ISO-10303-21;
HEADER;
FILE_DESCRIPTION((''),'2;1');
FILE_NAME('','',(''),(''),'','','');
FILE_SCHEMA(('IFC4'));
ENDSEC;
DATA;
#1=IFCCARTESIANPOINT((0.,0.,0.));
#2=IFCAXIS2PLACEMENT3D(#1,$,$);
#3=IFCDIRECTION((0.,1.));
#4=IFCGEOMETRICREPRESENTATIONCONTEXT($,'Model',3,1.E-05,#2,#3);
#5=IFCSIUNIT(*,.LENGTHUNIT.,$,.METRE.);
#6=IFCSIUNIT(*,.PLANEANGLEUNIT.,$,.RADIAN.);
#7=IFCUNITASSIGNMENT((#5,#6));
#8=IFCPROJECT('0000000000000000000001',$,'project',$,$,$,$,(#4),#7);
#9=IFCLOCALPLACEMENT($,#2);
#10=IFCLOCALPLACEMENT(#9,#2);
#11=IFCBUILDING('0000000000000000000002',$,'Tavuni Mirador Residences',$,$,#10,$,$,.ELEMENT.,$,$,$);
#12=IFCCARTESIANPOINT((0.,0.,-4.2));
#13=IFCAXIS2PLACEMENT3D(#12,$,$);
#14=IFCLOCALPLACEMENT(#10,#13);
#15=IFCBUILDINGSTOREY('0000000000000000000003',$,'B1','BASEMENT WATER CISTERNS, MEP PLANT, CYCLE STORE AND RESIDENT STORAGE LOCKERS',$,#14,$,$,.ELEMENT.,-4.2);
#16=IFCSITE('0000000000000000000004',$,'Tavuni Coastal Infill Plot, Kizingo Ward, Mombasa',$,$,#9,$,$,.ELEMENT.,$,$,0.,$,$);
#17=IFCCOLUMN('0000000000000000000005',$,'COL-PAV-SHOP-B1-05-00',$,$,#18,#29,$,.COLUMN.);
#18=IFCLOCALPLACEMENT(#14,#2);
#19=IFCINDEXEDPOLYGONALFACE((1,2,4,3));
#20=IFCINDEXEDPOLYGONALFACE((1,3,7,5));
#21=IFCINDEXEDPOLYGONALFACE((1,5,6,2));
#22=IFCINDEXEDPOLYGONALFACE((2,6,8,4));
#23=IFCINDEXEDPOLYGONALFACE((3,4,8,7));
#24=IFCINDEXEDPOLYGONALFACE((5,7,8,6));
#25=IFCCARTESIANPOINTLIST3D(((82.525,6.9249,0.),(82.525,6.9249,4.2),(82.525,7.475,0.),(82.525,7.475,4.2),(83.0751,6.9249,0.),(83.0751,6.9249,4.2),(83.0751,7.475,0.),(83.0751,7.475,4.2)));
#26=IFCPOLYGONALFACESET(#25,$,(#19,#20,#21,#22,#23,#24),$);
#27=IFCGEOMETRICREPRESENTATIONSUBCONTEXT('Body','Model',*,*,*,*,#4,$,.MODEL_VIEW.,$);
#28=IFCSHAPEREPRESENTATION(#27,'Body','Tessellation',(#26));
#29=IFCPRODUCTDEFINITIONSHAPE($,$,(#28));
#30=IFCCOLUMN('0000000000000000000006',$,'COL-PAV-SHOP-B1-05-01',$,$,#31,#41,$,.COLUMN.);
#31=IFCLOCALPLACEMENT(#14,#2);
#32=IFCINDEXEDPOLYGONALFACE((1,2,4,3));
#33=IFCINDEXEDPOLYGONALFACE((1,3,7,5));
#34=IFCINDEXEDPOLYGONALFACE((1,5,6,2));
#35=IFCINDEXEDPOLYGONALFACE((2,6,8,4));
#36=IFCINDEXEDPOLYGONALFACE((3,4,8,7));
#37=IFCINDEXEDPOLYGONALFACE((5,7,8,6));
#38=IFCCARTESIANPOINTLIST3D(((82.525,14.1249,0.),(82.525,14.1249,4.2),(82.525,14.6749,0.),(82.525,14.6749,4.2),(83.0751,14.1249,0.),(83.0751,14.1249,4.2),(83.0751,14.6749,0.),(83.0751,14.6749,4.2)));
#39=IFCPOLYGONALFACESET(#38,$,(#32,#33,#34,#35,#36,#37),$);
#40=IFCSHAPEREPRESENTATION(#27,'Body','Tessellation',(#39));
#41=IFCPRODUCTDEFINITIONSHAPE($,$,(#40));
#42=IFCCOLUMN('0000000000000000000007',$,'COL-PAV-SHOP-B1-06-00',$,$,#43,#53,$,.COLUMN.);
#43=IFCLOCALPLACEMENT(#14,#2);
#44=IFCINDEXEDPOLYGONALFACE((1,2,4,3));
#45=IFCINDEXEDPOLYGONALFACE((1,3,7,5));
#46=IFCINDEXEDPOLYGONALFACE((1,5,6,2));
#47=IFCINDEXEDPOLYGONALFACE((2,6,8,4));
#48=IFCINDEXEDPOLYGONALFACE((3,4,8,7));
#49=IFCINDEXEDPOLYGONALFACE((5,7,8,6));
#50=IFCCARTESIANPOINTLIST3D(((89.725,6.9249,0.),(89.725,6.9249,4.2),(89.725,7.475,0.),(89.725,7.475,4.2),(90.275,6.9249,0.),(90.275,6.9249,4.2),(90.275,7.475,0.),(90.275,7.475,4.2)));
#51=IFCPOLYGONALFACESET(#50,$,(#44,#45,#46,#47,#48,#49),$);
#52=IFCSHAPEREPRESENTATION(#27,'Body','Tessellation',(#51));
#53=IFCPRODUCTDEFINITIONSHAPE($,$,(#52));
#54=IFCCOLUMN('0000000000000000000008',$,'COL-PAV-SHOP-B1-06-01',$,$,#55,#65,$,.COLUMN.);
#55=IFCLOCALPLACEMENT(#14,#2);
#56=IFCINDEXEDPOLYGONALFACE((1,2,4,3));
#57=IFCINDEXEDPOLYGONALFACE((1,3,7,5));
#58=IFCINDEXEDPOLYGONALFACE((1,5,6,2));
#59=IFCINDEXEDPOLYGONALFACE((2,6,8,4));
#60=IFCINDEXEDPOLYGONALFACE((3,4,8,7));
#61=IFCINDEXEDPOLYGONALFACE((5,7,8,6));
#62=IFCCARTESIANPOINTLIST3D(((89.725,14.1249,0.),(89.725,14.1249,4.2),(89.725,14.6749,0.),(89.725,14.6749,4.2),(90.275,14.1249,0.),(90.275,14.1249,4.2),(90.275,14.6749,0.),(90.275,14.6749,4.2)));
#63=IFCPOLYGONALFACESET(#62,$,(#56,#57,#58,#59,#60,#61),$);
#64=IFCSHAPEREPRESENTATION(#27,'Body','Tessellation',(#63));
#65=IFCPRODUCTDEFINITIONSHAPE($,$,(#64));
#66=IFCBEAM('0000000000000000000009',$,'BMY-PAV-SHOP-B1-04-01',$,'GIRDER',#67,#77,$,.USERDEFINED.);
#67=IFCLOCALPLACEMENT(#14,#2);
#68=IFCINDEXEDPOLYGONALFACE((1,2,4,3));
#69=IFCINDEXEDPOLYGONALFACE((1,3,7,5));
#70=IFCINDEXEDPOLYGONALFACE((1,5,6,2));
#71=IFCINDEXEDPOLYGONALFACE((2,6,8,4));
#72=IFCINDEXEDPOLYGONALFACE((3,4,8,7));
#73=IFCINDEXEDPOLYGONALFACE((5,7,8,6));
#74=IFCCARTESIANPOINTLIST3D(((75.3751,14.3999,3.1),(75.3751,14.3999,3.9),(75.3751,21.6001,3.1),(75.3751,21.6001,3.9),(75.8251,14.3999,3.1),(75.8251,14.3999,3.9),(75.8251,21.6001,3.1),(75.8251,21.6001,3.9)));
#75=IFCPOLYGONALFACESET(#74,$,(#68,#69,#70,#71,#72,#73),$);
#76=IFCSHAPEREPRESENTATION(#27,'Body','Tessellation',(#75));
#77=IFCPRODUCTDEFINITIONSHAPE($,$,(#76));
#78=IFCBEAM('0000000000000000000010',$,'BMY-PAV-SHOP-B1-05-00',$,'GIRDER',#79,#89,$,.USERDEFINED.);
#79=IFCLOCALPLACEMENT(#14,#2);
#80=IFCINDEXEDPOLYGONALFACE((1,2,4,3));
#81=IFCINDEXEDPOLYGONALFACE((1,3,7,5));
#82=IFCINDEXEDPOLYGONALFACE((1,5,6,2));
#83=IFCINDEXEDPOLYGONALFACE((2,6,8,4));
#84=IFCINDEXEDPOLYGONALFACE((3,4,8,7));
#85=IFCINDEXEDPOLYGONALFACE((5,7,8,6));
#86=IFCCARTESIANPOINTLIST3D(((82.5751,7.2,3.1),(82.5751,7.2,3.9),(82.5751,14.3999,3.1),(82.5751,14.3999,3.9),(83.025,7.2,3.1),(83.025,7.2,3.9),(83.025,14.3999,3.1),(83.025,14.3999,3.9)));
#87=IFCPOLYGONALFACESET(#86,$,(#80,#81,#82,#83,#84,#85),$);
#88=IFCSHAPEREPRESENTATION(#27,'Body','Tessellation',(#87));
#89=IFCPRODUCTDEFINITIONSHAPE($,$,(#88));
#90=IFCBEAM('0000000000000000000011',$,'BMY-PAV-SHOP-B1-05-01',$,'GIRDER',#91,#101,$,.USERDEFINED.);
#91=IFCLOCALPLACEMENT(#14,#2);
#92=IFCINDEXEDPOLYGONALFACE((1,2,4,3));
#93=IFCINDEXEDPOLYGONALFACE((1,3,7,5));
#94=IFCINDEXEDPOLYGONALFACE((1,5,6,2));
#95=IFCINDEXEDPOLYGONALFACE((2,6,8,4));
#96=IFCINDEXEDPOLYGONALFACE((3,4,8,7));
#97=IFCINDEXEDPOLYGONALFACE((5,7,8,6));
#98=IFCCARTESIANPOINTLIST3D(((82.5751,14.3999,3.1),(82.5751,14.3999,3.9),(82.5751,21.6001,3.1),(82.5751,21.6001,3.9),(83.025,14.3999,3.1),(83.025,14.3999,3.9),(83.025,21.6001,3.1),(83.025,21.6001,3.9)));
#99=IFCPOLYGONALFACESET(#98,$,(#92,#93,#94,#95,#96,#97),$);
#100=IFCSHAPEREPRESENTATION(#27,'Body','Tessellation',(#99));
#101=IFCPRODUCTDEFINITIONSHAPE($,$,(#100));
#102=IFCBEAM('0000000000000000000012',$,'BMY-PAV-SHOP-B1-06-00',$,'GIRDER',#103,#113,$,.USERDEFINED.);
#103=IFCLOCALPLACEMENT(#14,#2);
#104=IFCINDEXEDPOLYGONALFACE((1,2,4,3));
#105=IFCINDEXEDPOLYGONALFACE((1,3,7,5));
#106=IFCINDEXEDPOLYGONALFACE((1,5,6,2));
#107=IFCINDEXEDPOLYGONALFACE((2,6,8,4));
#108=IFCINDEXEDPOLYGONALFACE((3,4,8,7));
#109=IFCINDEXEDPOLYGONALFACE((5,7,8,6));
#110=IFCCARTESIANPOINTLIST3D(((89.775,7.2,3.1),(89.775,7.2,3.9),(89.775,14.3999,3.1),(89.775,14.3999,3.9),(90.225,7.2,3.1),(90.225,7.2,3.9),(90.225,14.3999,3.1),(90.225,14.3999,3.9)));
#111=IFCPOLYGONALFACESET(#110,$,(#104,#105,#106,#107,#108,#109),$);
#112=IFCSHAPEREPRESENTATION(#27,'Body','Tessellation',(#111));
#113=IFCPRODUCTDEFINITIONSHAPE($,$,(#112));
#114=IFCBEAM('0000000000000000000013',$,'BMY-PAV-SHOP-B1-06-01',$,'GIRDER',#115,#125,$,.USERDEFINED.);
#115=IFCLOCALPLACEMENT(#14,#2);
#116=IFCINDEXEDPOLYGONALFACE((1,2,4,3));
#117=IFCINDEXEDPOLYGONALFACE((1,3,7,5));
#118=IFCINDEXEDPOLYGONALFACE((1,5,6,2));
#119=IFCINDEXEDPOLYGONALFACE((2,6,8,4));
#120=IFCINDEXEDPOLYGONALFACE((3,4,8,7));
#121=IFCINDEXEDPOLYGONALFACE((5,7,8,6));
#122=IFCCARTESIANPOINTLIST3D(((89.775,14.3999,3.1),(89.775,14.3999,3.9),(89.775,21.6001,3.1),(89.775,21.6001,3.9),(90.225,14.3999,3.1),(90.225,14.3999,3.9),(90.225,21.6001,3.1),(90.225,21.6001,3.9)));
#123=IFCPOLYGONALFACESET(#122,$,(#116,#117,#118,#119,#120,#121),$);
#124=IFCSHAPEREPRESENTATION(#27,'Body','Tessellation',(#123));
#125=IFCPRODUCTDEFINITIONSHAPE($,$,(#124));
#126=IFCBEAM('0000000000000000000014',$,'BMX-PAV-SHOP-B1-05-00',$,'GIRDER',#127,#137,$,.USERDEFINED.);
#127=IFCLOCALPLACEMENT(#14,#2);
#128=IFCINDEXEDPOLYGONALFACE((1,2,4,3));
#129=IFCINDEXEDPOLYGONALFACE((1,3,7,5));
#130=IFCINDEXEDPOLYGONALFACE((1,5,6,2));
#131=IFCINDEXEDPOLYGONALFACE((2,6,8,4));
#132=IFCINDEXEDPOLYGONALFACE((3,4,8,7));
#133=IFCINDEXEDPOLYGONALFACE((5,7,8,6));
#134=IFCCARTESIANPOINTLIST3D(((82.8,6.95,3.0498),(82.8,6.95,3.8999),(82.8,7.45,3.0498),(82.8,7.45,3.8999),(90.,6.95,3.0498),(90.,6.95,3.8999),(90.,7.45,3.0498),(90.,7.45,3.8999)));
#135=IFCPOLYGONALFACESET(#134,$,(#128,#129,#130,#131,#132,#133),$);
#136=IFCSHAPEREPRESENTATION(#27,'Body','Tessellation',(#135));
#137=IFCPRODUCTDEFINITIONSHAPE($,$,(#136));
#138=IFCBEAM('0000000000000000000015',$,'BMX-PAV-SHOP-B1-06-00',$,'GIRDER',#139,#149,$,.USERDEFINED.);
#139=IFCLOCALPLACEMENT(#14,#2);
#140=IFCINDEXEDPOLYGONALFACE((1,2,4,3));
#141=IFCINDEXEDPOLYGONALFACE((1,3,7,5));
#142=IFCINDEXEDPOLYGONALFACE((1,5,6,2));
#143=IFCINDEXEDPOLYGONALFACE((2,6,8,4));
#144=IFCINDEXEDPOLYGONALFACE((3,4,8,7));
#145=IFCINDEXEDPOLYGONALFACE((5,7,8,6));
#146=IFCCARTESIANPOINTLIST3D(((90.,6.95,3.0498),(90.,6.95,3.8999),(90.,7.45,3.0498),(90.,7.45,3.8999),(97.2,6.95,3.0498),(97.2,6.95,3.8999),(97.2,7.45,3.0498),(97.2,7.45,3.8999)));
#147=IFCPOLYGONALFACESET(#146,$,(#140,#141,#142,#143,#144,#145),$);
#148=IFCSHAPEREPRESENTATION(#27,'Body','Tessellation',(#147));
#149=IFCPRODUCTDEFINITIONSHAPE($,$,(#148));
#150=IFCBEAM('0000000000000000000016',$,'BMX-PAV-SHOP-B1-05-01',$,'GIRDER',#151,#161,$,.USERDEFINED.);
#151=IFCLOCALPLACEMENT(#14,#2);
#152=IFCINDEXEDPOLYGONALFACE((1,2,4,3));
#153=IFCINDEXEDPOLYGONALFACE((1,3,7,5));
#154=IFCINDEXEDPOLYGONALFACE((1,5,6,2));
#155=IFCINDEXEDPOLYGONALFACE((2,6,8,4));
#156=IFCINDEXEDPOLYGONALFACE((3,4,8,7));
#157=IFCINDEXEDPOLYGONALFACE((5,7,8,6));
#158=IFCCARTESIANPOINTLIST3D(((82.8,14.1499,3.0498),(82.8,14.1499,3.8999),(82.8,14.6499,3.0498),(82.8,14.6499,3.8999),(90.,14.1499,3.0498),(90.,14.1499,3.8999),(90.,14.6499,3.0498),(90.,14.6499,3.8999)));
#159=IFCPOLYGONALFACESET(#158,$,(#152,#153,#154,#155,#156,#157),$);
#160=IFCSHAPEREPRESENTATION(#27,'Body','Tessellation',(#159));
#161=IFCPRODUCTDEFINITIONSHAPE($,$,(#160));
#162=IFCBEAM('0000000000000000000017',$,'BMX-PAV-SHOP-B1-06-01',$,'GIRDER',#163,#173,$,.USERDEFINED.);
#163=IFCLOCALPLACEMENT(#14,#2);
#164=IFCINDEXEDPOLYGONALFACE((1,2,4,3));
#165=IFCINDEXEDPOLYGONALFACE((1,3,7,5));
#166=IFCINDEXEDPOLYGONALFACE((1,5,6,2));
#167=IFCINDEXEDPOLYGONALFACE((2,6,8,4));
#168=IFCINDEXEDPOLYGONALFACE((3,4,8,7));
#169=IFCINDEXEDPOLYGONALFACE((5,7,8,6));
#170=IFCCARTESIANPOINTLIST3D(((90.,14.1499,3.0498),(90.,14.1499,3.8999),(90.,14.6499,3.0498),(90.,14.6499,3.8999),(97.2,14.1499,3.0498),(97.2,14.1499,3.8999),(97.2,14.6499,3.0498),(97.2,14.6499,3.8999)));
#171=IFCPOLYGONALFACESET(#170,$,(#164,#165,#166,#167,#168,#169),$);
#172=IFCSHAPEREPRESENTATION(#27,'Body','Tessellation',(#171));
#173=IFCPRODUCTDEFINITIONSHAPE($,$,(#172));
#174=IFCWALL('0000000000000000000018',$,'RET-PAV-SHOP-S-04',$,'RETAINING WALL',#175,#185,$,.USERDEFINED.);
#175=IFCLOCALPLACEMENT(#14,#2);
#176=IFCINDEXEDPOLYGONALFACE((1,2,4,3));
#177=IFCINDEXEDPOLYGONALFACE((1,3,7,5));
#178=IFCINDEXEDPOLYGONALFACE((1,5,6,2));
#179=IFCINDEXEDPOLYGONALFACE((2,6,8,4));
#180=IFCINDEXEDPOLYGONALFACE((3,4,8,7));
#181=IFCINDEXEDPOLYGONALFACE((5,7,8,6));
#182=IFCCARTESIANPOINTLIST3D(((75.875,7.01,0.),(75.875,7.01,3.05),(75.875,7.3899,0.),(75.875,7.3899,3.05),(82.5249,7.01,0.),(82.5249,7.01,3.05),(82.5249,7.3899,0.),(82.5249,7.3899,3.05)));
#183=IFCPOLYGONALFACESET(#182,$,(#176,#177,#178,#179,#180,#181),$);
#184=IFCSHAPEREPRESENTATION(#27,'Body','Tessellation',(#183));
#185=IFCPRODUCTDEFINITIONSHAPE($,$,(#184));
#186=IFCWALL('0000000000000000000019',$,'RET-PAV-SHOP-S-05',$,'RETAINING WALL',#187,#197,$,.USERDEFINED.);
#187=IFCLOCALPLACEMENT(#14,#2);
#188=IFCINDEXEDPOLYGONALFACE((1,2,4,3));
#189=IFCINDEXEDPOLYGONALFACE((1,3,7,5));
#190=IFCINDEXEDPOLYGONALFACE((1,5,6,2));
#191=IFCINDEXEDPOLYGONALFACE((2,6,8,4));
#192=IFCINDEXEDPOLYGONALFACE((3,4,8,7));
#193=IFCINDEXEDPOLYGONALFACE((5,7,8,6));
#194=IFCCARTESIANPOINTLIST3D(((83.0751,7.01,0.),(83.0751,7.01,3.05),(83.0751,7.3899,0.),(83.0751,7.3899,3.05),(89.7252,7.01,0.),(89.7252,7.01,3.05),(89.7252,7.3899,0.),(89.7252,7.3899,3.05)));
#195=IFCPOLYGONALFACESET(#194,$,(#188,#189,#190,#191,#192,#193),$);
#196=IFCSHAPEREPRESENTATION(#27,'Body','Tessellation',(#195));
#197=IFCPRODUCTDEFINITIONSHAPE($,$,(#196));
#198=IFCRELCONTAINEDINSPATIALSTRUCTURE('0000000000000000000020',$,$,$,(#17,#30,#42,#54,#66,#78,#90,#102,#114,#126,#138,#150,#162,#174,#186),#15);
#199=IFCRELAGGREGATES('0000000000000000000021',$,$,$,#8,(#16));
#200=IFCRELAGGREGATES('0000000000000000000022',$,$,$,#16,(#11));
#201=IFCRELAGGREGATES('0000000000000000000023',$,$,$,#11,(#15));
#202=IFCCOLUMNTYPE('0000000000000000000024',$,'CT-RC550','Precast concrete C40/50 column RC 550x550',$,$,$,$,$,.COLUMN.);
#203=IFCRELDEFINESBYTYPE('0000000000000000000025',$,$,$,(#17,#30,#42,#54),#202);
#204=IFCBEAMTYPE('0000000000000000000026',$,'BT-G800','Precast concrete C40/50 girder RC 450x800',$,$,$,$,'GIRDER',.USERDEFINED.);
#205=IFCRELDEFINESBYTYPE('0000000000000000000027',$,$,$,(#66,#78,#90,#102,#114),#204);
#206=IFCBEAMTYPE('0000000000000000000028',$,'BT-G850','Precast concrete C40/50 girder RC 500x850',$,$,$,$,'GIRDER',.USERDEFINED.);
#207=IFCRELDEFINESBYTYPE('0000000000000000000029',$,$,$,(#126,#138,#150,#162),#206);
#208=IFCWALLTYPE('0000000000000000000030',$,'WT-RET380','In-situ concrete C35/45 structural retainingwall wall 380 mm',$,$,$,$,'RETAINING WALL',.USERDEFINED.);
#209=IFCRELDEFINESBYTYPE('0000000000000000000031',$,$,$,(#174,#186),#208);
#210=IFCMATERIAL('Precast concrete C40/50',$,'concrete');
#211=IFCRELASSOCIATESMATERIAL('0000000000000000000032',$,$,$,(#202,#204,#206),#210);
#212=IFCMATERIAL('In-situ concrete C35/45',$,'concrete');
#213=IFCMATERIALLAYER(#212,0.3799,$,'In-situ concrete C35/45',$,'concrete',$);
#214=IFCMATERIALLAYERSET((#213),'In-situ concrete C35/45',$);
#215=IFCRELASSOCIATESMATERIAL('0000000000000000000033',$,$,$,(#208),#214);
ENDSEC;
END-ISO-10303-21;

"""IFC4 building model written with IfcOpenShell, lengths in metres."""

from ifc_helpers import new_model, si_unit, direction, frame, frame_2d, origin, origin_2d, place, context, subcontext, project, spatial, rectangle, extrude, material, layer, layer_set, material_profile, profile_set, type_object, element, save


model = new_model("IFC4")

# Units and contexts
model_context = context("Model", 3, precision=1e-05, world=origin(), true_north=direction((0.0, 1.0)))
body_context = subcontext(model_context, "Body", "Model", "MODEL_VIEW")
ifc_project = project(units=[si_unit("LENGTHUNIT", "METRE"), si_unit("PLANEANGLEUNIT", "RADIAN")], contexts=[model_context])

# Site, building, storey
site_placement = place(None, origin())
site = spatial("IfcSite", under=ifc_project, at=site_placement, Name="Tavuni Coastal Infill Plot, Kizingo Ward, Mombasa", CompositionType="ELEMENT", RefElevation=0.0)
building_placement = place(site_placement, origin())
building = spatial("IfcBuilding", under=site, at=building_placement, Name="Tavuni Mirador Residences", CompositionType="ELEMENT")
storey_placement = place(building_placement, frame((0.0, 0.0, -4.2)))
storey = spatial("IfcBuildingStorey", under=building, at=storey_placement, Name="B1", Description="BASEMENT WATER CISTERNS, MEP PLANT, CYCLE STORE AND RESIDENT STORAGE LOCKERS", CompositionType="ELEMENT", Elevation=-4.2)

# Shared definitions
ifc_material_1 = material(Name="In-situ concrete C35/45", Category="concrete")

# Columns
ifc_material_2 = material(Name="Precast concrete C40/50", Category="concrete")
ifc_material_profile_1 = material_profile(ifc_material_2, rectangle(XDim=0.55, YDim=0.55, at=origin_2d()), Name="RC 550x550", Category="concrete")
ifc_profile_set_1 = profile_set([ifc_material_profile_1], Name="Precast concrete C40/50")
column_type_1 = type_object("IfcColumnType", Name="CT-RC550", Description="Precast concrete C40/50 column RC 550x550", PredefinedType="COLUMN", material=ifc_profile_set_1)
for number, where, z_axis, x_axis, name in (
    (1, (82.8, 7.2, 0.0), (0.0, 0.0, 1.0), (1.0, 0.0, 0.0), "COL-PAV-SHOP-B1-05-00"),
    (2, (82.8, 14.3999, 0.0), (0.0, 0.0, 1.0), (1.0, 0.0, 0.0), "COL-PAV-SHOP-B1-05-01"),
    (3, (90.0, 7.2, 0.0), (0.0, 0.0, 1.0), (1.0, 0.0, 0.0), "COL-PAV-SHOP-B1-06-00"),
    (4, (90.0, 14.3999, 0.0), (0.0, 0.0, 1.0), (1.0, 0.0, 0.0), "COL-PAV-SHOP-B1-06-01"),
):
    element("IfcColumn", number, at=place(storey_placement, frame(where, z_axis=z_axis, x_axis=x_axis)), inside=storey, type_object=column_type_1, Name=name, PredefinedType="COLUMN", context=body_context, shape_type="SweptSolid", body=[
        extrude(rectangle(XDim=0.55, YDim=0.55, at=origin_2d()), origin(), (0.0, 0.0, 1.0), 4.2),
    ])

# Beams
ifc_material_profile_2 = material_profile(ifc_material_2, rectangle(XDim=0.45, YDim=0.8, at=origin_2d()), Name="RC 450x800", Category="concrete")
ifc_profile_set_2 = profile_set([ifc_material_profile_2], Name="Precast concrete C40/50")
beam_type_1 = type_object("IfcBeamType", Name="BT-G800", Description="Precast concrete C40/50 girder RC 450x800", ElementType="GIRDER", PredefinedType="USERDEFINED", material=ifc_profile_set_2)
beam_1_placement = place(storey_placement, frame((75.6001, 14.3999, 3.5), z_axis=(0.0, 1.0, 0.0), x_axis=(-1.0, 0.0, 0.0)))
element("IfcBeam", 5, at=beam_1_placement, inside=storey, type_object=beam_type_1, Name="BMY-PAV-SHOP-B1-04-01", ObjectType="GIRDER", PredefinedType="USERDEFINED", context=body_context, shape_type="SweptSolid", body=[
    extrude(rectangle(XDim=0.45, YDim=0.8, at=origin_2d()), origin(), (0.0, 0.0, 1.0), 7.2002),
])
beam_2_placement = place(storey_placement, frame((82.8, 7.2, 3.5), z_axis=(0.0, 1.0, 0.0), x_axis=(-1.0, 0.0, 0.0)))
element("IfcBeam", 6, at=beam_2_placement, inside=storey, type_object=beam_type_1, Name="BMY-PAV-SHOP-B1-05-00", ObjectType="GIRDER", PredefinedType="USERDEFINED", context=body_context, shape_type="SweptSolid", body=[
    extrude(rectangle(XDim=0.45, YDim=0.8, at=origin_2d()), origin(), (0.0, 0.0, 1.0), 7.2),
])
beam_3_placement = place(storey_placement, frame((82.8, 14.3999, 3.5), z_axis=(0.0, 1.0, 0.0), x_axis=(-1.0, 0.0, 0.0)))
element("IfcBeam", 7, at=beam_3_placement, inside=storey, type_object=beam_type_1, Name="BMY-PAV-SHOP-B1-05-01", ObjectType="GIRDER", PredefinedType="USERDEFINED", context=body_context, shape_type="SweptSolid", body=[
    extrude(rectangle(XDim=0.45, YDim=0.8, at=origin_2d()), origin(), (0.0, 0.0, 1.0), 7.2002),
])
beam_4_placement = place(storey_placement, frame((90.0, 7.2, 3.5), z_axis=(0.0, 1.0, 0.0), x_axis=(-1.0, 0.0, 0.0)))
element("IfcBeam", 8, at=beam_4_placement, inside=storey, type_object=beam_type_1, Name="BMY-PAV-SHOP-B1-06-00", ObjectType="GIRDER", PredefinedType="USERDEFINED", context=body_context, shape_type="SweptSolid", body=[
    extrude(rectangle(XDim=0.45, YDim=0.8, at=origin_2d()), origin(), (0.0, 0.0, 1.0), 7.2),
])
beam_5_placement = place(storey_placement, frame((90.0, 14.3999, 3.5), z_axis=(0.0, 1.0, 0.0), x_axis=(-1.0, 0.0, 0.0)))
element("IfcBeam", 9, at=beam_5_placement, inside=storey, type_object=beam_type_1, Name="BMY-PAV-SHOP-B1-06-01", ObjectType="GIRDER", PredefinedType="USERDEFINED", context=body_context, shape_type="SweptSolid", body=[
    extrude(rectangle(XDim=0.45, YDim=0.8, at=origin_2d()), origin(), (0.0, 0.0, 1.0), 7.2002),
])
ifc_material_profile_3 = material_profile(ifc_material_2, rectangle(XDim=0.5, YDim=0.8501, at=origin_2d()), Name="RC 500x850", Category="concrete")
ifc_profile_set_3 = profile_set([ifc_material_profile_3], Name="Precast concrete C40/50")
beam_type_2 = type_object("IfcBeamType", Name="BT-G850", Description="Precast concrete C40/50 girder RC 500x850", ElementType="GIRDER", PredefinedType="USERDEFINED", material=ifc_profile_set_3)
for number, where, z_axis, x_axis, name in (
    (10, (82.8, 7.2, 3.4749), (1.0, 0.0, 0.0), (0.0, 1.0, 0.0), "BMX-PAV-SHOP-B1-05-00"),
    (11, (90.0, 7.2, 3.4749), (1.0, 0.0, 0.0), (0.0, 1.0, 0.0), "BMX-PAV-SHOP-B1-06-00"),
    (12, (82.8, 14.3999, 3.4749), (1.0, 0.0, 0.0), (0.0, 1.0, 0.0), "BMX-PAV-SHOP-B1-05-01"),
    (13, (90.0, 14.3999, 3.4749), (1.0, 0.0, 0.0), (0.0, 1.0, 0.0), "BMX-PAV-SHOP-B1-06-01"),
):
    element("IfcBeam", number, at=place(storey_placement, frame(where, z_axis=z_axis, x_axis=x_axis)), inside=storey, type_object=beam_type_2, Name=name, ObjectType="GIRDER", PredefinedType="USERDEFINED", context=body_context, shape_type="SweptSolid", body=[
        extrude(rectangle(XDim=0.5, YDim=0.8501, at=origin_2d()), origin(), (0.0, 0.0, 1.0), 7.2),
    ])

# Walls
ifc_layer_1 = layer(ifc_material_1, 0.3799, Name="In-situ concrete C35/45", Category="concrete")
ifc_layer_set_1 = layer_set([ifc_layer_1], Name="In-situ concrete C35/45")
wall_type_1 = type_object("IfcWallType", Name="WT-RET380", Description="In-situ concrete C35/45 structural retainingwall wall 380 mm", ElementType="RETAINING WALL", PredefinedType="USERDEFINED", material=ifc_layer_set_1)
wall_1_placement = place(storey_placement, frame((75.875, 7.2, 0.0), z_axis=(0.0, 0.0, 1.0), x_axis=(1.0, 0.0, 0.0)))
element("IfcWall", 14, at=wall_1_placement, inside=storey, type_object=wall_type_1, Name="RET-PAV-SHOP-S-04", ObjectType="RETAINING WALL", PredefinedType="USERDEFINED", context=body_context, shape_type="SweptSolid", body=[
    extrude(rectangle(XDim=6.6499, YDim=0.3799, at=frame_2d((3.325, 0.0))), origin(), (0.0, 0.0, 1.0), 3.05),
])
wall_2_placement = place(storey_placement, frame((83.075, 7.2, 0.0), z_axis=(0.0, 0.0, 1.0), x_axis=(1.0, 0.0, 0.0)))
element("IfcWall", 15, at=wall_2_placement, inside=storey, type_object=wall_type_1, Name="RET-PAV-SHOP-S-05", ObjectType="RETAINING WALL", PredefinedType="USERDEFINED", context=body_context, shape_type="SweptSolid", body=[
    extrude(rectangle(XDim=6.6501, YDim=0.3799, at=frame_2d((3.3252, 0.0))), origin(), (0.0, 0.0, 1.0), 3.05),
])

save(model, "model.ifc")
